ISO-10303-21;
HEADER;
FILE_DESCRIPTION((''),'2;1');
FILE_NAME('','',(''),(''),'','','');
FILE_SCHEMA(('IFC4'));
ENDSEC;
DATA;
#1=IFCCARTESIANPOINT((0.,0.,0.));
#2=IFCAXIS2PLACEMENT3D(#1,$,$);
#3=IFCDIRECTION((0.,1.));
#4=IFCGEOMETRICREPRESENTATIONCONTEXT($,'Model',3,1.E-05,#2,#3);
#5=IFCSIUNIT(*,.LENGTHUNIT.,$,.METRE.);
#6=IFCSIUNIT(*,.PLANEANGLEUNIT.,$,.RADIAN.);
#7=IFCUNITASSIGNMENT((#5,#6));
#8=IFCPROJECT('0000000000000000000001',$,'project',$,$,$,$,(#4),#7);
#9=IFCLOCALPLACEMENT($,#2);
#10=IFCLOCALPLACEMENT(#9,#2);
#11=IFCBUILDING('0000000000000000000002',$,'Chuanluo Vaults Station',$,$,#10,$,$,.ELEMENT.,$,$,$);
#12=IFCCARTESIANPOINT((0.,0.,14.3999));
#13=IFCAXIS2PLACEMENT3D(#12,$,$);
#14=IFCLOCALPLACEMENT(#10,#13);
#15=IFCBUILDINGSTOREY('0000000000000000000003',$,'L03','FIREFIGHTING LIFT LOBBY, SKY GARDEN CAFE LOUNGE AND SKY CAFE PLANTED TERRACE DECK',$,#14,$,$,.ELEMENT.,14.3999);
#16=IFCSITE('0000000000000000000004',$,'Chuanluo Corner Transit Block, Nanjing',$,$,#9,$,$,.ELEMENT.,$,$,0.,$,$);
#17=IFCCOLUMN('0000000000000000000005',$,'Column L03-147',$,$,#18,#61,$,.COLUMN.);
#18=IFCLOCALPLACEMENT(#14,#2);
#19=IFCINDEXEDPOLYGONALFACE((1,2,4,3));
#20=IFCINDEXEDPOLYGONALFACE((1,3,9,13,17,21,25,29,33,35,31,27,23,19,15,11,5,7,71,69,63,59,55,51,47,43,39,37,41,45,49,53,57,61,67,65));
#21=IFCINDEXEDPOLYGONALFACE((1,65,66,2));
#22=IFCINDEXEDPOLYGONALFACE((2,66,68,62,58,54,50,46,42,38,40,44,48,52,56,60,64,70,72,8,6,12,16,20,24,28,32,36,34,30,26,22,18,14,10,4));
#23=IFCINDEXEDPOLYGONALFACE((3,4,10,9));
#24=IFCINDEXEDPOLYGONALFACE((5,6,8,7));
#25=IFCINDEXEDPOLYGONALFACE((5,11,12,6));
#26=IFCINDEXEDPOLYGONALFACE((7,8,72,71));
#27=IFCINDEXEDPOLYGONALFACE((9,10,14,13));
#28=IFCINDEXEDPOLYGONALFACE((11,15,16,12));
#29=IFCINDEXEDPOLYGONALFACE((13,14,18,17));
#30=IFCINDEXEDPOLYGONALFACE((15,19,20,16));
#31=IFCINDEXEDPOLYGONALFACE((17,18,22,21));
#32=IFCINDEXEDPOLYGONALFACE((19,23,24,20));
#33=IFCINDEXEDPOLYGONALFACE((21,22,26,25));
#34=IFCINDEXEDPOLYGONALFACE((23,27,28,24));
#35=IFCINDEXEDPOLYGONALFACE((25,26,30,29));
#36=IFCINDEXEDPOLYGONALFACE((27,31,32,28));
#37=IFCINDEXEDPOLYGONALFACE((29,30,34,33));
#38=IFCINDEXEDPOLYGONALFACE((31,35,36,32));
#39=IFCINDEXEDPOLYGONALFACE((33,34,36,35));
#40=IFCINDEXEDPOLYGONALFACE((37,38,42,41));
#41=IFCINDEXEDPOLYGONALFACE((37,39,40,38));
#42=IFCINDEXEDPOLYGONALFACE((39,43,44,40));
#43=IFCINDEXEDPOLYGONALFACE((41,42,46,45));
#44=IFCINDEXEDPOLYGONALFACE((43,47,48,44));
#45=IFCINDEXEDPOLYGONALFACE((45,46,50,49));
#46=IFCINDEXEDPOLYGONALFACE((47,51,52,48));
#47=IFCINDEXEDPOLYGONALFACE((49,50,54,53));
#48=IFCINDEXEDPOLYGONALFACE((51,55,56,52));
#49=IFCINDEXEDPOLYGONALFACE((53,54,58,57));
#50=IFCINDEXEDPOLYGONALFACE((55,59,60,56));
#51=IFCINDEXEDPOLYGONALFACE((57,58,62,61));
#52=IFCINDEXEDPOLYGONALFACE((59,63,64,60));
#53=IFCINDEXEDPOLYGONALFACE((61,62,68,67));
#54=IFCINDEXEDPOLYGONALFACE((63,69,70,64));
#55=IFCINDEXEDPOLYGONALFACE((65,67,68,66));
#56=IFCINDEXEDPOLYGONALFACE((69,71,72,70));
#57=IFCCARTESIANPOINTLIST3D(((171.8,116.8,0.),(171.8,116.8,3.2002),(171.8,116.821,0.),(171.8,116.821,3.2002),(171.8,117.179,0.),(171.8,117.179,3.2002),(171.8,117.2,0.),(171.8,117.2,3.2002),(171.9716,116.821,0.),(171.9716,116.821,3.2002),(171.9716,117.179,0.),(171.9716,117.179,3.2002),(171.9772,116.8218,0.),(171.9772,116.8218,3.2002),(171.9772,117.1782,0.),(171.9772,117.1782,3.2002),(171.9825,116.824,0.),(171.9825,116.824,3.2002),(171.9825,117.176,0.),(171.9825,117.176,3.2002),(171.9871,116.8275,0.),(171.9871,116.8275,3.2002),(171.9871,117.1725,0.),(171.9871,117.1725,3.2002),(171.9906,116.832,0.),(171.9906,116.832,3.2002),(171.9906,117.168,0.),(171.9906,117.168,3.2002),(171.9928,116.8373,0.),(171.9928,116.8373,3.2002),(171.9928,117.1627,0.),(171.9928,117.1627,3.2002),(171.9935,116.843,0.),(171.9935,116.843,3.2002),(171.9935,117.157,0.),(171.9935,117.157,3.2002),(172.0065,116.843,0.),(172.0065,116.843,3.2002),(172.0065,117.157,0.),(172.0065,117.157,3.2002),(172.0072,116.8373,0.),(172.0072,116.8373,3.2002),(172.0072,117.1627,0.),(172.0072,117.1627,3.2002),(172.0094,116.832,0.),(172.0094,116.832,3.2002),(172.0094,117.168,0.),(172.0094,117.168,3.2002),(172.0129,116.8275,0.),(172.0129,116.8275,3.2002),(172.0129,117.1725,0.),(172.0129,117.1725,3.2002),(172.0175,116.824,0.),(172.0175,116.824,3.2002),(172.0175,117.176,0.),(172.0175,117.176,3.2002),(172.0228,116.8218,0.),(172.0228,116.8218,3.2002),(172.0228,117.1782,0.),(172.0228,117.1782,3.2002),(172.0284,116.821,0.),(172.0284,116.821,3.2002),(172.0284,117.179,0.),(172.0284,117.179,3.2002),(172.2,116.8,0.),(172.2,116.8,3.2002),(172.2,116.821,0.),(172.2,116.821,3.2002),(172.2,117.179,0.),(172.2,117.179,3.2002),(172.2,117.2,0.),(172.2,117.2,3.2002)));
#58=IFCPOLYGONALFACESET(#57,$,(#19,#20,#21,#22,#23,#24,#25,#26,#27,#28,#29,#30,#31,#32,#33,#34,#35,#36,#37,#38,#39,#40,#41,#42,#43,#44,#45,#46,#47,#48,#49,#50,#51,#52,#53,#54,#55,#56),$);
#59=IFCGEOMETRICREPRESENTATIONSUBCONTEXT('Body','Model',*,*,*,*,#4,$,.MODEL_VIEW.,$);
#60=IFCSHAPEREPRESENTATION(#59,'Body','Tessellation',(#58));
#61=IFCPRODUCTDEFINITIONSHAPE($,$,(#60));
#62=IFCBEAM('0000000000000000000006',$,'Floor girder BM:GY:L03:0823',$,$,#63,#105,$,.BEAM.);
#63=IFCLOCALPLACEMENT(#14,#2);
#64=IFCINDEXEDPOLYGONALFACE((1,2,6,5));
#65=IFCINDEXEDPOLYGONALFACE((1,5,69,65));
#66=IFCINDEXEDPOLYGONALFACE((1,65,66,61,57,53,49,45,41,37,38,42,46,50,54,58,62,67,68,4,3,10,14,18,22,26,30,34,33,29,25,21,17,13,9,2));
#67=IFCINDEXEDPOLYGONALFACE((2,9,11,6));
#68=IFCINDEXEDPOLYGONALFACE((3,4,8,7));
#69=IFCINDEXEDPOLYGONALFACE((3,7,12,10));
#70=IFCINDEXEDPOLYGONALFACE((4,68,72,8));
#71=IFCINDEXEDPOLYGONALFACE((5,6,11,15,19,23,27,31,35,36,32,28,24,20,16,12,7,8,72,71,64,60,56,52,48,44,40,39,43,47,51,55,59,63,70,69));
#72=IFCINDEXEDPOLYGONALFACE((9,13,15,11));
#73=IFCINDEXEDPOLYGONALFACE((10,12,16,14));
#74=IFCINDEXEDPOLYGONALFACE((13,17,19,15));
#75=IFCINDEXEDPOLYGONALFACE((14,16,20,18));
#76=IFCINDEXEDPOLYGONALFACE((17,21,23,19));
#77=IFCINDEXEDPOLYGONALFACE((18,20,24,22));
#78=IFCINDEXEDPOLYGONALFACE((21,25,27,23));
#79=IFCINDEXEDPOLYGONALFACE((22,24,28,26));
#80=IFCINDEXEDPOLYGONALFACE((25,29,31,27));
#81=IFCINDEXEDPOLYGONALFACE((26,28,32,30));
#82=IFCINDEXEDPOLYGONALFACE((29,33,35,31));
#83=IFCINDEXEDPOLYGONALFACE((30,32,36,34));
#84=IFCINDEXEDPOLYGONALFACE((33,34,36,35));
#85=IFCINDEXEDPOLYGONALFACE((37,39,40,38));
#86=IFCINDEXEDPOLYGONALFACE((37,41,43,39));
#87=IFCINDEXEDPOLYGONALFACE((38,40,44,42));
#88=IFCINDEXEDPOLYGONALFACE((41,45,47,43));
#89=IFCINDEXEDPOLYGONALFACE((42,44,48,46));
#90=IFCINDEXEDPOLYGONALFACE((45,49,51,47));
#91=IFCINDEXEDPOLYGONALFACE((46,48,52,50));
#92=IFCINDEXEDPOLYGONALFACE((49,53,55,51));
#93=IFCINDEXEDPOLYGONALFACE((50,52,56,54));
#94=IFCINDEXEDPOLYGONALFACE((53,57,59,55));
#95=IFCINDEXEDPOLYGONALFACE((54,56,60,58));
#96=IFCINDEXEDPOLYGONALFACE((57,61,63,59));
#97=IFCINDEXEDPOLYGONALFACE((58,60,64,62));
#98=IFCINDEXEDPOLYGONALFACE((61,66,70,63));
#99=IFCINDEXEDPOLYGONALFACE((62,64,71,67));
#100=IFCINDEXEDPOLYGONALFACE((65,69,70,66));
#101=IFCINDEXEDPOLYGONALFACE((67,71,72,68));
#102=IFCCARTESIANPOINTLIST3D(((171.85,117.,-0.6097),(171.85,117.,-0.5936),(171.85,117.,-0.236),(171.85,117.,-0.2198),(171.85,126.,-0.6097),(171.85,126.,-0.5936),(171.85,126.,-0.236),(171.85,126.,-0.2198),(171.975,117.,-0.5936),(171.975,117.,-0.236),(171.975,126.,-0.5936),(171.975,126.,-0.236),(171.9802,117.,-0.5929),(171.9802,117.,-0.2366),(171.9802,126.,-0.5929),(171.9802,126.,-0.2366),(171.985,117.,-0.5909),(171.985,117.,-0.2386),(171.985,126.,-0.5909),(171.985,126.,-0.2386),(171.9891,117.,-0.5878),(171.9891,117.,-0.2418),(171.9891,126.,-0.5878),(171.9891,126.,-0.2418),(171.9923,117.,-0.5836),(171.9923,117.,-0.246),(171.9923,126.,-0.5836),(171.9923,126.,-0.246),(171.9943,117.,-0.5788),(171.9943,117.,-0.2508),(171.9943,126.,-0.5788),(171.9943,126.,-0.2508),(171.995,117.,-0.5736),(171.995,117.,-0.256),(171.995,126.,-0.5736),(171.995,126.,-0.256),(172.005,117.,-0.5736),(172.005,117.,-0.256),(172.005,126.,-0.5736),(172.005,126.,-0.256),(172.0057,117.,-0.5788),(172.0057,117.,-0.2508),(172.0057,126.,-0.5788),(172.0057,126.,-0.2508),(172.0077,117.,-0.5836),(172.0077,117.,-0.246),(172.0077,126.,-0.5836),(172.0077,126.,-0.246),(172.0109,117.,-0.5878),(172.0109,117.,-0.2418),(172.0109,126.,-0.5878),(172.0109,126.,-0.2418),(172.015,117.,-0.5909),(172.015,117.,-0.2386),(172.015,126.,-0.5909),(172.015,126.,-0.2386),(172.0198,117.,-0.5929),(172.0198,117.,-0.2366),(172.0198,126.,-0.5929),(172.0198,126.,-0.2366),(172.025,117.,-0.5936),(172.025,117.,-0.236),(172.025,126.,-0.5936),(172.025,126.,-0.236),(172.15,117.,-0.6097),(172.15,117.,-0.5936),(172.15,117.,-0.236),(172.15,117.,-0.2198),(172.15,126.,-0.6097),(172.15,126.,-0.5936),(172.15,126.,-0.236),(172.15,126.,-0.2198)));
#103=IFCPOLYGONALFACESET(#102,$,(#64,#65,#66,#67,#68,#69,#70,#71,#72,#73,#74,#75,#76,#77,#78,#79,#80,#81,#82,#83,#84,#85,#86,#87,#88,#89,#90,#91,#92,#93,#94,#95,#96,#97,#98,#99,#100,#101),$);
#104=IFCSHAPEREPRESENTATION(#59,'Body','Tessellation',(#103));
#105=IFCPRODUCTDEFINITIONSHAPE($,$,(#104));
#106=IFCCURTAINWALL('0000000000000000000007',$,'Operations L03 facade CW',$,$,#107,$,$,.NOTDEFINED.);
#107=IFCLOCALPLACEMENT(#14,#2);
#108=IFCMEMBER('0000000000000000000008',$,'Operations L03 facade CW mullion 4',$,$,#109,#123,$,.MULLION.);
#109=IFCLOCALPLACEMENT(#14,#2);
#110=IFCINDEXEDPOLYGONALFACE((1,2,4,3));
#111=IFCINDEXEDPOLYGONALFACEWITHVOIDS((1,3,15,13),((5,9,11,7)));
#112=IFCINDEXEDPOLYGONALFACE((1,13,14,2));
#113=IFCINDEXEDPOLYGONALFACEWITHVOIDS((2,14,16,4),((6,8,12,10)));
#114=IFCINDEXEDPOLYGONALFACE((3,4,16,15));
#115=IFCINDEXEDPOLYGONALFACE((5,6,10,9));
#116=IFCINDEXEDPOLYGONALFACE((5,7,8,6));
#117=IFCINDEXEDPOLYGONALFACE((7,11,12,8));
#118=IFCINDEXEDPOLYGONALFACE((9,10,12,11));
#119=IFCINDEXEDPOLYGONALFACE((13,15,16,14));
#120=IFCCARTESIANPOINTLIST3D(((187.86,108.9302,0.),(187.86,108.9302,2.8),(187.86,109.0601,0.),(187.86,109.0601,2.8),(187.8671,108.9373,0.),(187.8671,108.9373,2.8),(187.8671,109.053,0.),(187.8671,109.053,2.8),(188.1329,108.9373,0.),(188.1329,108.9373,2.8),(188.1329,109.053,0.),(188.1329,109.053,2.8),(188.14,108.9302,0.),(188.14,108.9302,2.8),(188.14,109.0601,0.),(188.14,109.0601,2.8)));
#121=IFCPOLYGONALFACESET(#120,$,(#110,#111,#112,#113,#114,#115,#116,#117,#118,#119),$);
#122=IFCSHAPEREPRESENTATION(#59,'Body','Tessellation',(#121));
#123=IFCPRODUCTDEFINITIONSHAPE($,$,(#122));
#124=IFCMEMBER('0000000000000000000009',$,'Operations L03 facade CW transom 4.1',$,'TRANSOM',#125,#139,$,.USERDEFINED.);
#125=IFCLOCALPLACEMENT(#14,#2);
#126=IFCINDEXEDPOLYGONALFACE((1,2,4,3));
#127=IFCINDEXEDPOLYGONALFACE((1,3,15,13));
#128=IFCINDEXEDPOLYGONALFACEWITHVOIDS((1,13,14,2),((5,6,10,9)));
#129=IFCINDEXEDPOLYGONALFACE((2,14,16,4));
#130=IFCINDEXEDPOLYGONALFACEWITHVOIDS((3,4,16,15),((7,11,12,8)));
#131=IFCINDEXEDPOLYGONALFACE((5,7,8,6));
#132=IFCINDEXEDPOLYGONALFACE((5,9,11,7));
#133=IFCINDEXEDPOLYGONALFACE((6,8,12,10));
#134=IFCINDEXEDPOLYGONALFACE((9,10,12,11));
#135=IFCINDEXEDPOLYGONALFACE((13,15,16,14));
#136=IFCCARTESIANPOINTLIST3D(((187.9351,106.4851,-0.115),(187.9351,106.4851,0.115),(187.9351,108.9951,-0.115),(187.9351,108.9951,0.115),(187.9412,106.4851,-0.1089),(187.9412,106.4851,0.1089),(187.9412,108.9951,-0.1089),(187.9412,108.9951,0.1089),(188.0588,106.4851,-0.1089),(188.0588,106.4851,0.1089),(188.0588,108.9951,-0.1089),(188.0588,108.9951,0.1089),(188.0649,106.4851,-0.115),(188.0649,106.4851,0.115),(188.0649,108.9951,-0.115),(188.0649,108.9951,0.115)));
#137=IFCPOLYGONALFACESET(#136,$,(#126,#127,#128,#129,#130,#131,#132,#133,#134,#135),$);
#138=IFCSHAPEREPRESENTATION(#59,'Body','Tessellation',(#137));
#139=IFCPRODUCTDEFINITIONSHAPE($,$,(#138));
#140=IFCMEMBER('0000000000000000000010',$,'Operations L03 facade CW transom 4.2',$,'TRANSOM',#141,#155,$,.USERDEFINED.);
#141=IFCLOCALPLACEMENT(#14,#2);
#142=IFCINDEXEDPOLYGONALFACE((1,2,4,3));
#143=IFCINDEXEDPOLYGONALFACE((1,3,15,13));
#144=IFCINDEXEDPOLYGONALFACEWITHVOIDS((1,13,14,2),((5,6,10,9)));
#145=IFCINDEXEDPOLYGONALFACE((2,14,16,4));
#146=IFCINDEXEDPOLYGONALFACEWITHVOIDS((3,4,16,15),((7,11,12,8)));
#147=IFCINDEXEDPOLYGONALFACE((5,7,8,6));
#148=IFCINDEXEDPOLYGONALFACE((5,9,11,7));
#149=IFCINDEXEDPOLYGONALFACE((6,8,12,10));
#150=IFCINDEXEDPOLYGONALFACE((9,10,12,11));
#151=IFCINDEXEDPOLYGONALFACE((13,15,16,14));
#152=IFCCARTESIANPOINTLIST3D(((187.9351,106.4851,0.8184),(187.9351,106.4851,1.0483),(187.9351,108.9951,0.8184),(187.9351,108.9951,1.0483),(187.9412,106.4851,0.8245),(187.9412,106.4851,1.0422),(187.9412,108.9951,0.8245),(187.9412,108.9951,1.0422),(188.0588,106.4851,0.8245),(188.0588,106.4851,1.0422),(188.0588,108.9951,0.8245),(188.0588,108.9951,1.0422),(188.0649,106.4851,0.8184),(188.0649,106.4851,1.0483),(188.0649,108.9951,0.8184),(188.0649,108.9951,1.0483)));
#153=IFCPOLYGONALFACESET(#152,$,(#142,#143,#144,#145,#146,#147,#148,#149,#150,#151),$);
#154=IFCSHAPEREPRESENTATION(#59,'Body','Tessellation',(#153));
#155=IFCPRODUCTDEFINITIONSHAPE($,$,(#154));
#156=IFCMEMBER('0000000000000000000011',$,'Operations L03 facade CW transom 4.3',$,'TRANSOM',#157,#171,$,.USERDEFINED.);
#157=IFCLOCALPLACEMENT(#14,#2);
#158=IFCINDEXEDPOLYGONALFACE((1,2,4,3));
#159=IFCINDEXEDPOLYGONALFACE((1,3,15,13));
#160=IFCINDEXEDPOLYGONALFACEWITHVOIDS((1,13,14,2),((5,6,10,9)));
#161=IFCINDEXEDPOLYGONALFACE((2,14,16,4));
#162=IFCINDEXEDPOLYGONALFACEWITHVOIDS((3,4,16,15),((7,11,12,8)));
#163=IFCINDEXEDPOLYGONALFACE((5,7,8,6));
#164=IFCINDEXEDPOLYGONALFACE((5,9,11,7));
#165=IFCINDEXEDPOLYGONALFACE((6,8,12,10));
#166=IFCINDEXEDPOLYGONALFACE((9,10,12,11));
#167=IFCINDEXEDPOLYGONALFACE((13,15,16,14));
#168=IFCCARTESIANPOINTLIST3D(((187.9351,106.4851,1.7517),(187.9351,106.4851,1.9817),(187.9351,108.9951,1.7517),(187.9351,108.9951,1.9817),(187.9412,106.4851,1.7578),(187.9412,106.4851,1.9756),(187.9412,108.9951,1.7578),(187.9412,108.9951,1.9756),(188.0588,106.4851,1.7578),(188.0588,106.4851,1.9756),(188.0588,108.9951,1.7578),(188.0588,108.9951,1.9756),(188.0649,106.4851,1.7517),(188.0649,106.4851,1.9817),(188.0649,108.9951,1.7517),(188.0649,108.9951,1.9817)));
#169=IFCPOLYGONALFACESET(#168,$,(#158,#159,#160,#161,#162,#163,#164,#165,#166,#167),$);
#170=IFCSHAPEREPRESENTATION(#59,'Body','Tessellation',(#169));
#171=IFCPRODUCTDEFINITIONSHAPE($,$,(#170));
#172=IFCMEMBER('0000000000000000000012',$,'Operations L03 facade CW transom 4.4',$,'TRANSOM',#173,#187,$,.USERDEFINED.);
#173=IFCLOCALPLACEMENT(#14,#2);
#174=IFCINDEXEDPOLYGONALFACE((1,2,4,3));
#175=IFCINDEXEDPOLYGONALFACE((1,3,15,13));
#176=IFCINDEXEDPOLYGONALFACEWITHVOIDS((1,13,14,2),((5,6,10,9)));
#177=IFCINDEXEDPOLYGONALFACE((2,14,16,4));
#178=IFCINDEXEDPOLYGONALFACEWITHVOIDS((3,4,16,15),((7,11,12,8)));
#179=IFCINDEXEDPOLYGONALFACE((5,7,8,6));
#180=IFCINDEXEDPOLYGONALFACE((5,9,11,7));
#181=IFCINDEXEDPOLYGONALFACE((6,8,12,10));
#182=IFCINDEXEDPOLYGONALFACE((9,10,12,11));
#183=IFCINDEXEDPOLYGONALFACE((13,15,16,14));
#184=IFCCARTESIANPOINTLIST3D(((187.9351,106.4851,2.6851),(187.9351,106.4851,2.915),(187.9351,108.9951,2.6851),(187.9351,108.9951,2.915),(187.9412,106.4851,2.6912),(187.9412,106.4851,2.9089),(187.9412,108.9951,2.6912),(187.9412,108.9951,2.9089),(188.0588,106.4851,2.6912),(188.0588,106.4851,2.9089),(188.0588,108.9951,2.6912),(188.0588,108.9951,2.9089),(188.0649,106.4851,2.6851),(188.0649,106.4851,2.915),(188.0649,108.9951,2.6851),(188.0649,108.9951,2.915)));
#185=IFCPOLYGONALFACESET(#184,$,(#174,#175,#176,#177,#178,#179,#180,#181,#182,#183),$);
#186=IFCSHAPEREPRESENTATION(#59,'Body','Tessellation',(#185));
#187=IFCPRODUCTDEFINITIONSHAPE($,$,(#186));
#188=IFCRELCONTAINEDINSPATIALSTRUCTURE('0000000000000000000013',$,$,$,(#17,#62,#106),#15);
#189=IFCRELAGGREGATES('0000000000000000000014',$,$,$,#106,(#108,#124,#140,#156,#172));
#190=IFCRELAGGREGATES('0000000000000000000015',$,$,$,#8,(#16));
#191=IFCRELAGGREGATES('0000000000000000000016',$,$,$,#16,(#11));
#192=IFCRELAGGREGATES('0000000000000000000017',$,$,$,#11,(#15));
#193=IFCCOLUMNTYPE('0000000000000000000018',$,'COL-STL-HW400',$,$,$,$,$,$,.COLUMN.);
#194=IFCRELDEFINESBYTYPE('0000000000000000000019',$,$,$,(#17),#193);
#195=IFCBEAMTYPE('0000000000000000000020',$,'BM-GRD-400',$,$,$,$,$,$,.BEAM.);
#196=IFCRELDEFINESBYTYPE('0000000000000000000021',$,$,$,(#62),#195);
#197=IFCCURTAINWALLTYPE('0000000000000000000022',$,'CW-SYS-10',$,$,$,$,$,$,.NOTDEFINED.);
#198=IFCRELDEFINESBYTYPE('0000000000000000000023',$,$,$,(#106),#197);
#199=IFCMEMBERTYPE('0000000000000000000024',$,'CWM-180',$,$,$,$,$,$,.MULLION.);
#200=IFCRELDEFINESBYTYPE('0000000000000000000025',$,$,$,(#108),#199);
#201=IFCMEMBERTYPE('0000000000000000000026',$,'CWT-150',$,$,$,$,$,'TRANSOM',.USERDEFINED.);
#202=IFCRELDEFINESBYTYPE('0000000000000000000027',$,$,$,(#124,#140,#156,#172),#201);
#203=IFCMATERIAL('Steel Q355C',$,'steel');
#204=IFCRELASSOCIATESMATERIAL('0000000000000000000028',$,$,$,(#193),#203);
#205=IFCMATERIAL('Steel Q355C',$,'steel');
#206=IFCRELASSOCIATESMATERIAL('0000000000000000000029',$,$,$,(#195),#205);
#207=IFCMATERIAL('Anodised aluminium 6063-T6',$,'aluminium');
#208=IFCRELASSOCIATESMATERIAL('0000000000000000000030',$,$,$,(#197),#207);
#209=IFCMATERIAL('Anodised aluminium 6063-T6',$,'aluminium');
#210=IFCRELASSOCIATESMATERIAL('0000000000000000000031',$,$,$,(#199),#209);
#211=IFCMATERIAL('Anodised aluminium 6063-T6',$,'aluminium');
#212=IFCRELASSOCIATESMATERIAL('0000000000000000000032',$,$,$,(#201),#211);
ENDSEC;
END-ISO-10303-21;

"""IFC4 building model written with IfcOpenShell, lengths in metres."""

from ifc_helpers import new_model, si_unit, direction, frame, origin, origin_2d, place, context, subcontext, project, spatial, hollow_rectangle, i_section, extrude, material, material_profile, profile_set, type_object, element, aggregate, save


model = new_model("IFC4")

# Units and contexts
model_context = context("Model", 3, precision=1e-05, world=origin(), true_north=direction((0.0, 1.0)))
body_context = subcontext(model_context, "Body", "Model", "MODEL_VIEW")
ifc_project = project(units=[si_unit("LENGTHUNIT", "METRE"), si_unit("PLANEANGLEUNIT", "RADIAN")], contexts=[model_context])

# Site, building, storey
site_placement = place(None, origin())
site = spatial("IfcSite", under=ifc_project, at=site_placement, Name="Chuanluo Corner Transit Block, Nanjing", CompositionType="ELEMENT", RefElevation=0.0)
building_placement = place(site_placement, origin())
building = spatial("IfcBuilding", under=site, at=building_placement, Name="Chuanluo Vaults Station", CompositionType="ELEMENT")
storey_placement = place(building_placement, frame((0.0, 0.0, 14.3999)))
storey = spatial("IfcBuildingStorey", under=building, at=storey_placement, Name="L03", Description="FIREFIGHTING LIFT LOBBY, SKY GARDEN CAFE LOUNGE AND SKY CAFE PLANTED TERRACE DECK", CompositionType="ELEMENT", Elevation=14.3999)

# Column
ifc_material_1 = material(Name="Steel Q355C", Category="steel")
ifc_material_profile_1 = material_profile(ifc_material_1, i_section(OverallWidth=0.3999, OverallDepth=0.3999, WebThickness=0.0129, FlangeThickness=0.021, FilletRadius=0.022, at=origin_2d()))
ifc_profile_set_1 = profile_set([ifc_material_profile_1], Name="Steel Q355C")
column_type = type_object("IfcColumnType", Name="COL-STL-HW400", PredefinedType="COLUMN", material=ifc_profile_set_1)
column_placement = place(storey_placement, frame((172.0, 117.0, 0.0), z_axis=(0.0, 0.0, 1.0), x_axis=(1.0, 0.0, 0.0)))
element("IfcColumn", 1, at=column_placement, inside=storey, type_object=column_type, Name="Column L03-147", PredefinedType="COLUMN", context=body_context, shape_type="SweptSolid", body=[
    extrude(i_section(OverallWidth=0.3999, OverallDepth=0.3999, WebThickness=0.0129, FlangeThickness=0.021, FilletRadius=0.022, at=origin_2d()), origin(), (0.0, 0.0, 1.0), 3.2002),
])

# Beam
ifc_material_2 = material(Name="Steel Q355C", Category="steel")
ifc_material_profile_2 = material_profile(ifc_material_2, i_section(OverallWidth=0.3, OverallDepth=0.3899, WebThickness=0.01, FlangeThickness=0.0161, FilletRadius=0.02, at=origin_2d()))
ifc_profile_set_2 = profile_set([ifc_material_profile_2], Name="Steel Q355C")
beam_type = type_object("IfcBeamType", Name="BM-GRD-400", PredefinedType="BEAM", material=ifc_profile_set_2)
beam_placement = place(storey_placement, frame((172.0, 117.0, -0.4148), z_axis=(0.0, 1.0, 0.0), x_axis=(-1.0, 0.0, 0.0)))
element("IfcBeam", 2, at=beam_placement, inside=storey, type_object=beam_type, Name="Floor girder BM:GY:L03:0823", PredefinedType="BEAM", context=body_context, shape_type="SweptSolid", body=[
    extrude(i_section(OverallWidth=0.3, OverallDepth=0.3899, WebThickness=0.01, FlangeThickness=0.0161, FilletRadius=0.02, at=origin_2d()), origin(), (0.0, 0.0, 1.0), 9.0),
])

# Curtain wall, members
ifc_material_3 = material(Name="Anodised aluminium 6063-T6", Category="aluminium")
curtain_wall_type = type_object("IfcCurtainWallType", Name="CW-SYS-10", PredefinedType="NOTDEFINED", material=ifc_material_3)
curtain_wall_placement = place(storey_placement, origin())
curtain_wall = element("IfcCurtainWall", 3, at=curtain_wall_placement, inside=storey, type_object=curtain_wall_type, Name="Operations L03 facade CW", PredefinedType="NOTDEFINED")
ifc_material_4 = material(Name="Anodised aluminium 6063-T6", Category="aluminium")
ifc_material_profile_3 = material_profile(ifc_material_4, hollow_rectangle(XDim=0.1299, YDim=0.28, WallThickness=0.0071, at=origin_2d()))
ifc_profile_set_3 = profile_set([ifc_material_profile_3], Name="Anodised aluminium 6063-T6")
member_type_1 = type_object("IfcMemberType", Name="CWM-180", PredefinedType="MULLION", material=ifc_profile_set_3)
member_1_placement = place(storey_placement, frame((188.0, 108.9951, 0.0), z_axis=(0.0, 0.0, 1.0), x_axis=(0.0, -1.0, 0.0)))
member_1 = element("IfcMember", 4, at=member_1_placement, type_object=member_type_1, Name="Operations L03 facade CW mullion 4", PredefinedType="MULLION", context=body_context, shape_type="SweptSolid", body=[
    extrude(hollow_rectangle(XDim=0.1299, YDim=0.28, WallThickness=0.0071, at=origin_2d()), origin(), (0.0, 0.0, 1.0), 2.8),
])
ifc_material_5 = material(Name="Anodised aluminium 6063-T6", Category="aluminium")
ifc_material_profile_4 = material_profile(ifc_material_5, hollow_rectangle(XDim=0.1299, YDim=0.23, WallThickness=0.0061, at=origin_2d()))
ifc_profile_set_4 = profile_set([ifc_material_profile_4], Name="Anodised aluminium 6063-T6")
member_type_2 = type_object("IfcMemberType", Name="CWT-150", ElementType="TRANSOM", PredefinedType="USERDEFINED", material=ifc_profile_set_4)
member_2_placement = place(storey_placement, frame((188.0, 108.9951, 0.0), z_axis=(0.0, -1.0, 0.0), x_axis=(1.0, 0.0, 0.0)))
member_2 = element("IfcMember", 5, at=member_2_placement, type_object=member_type_2, Name="Operations L03 facade CW transom 4.1", ObjectType="TRANSOM", PredefinedType="USERDEFINED", context=body_context, shape_type="SweptSolid", body=[
    extrude(hollow_rectangle(XDim=0.1299, YDim=0.23, WallThickness=0.0061, at=origin_2d()), origin(), (0.0, 0.0, 1.0), 2.51),
])
member_3_placement = place(storey_placement, frame((188.0, 108.9951, 0.9333), z_axis=(0.0, -1.0, 0.0), x_axis=(1.0, 0.0, 0.0)))
member_3 = element("IfcMember", 6, at=member_3_placement, type_object=member_type_2, Name="Operations L03 facade CW transom 4.2", ObjectType="TRANSOM", PredefinedType="USERDEFINED", context=body_context, shape_type="SweptSolid", body=[
    extrude(hollow_rectangle(XDim=0.1299, YDim=0.23, WallThickness=0.0061, at=origin_2d()), origin(), (0.0, 0.0, 1.0), 2.51),
])
member_4_placement = place(storey_placement, frame((188.0, 108.9951, 1.8667), z_axis=(0.0, -1.0, 0.0), x_axis=(1.0, 0.0, 0.0)))
member_4 = element("IfcMember", 7, at=member_4_placement, type_object=member_type_2, Name="Operations L03 facade CW transom 4.3", ObjectType="TRANSOM", PredefinedType="USERDEFINED", context=body_context, shape_type="SweptSolid", body=[
    extrude(hollow_rectangle(XDim=0.1299, YDim=0.23, WallThickness=0.0061, at=origin_2d()), origin(), (0.0, 0.0, 1.0), 2.51),
])
member_5_placement = place(storey_placement, frame((188.0, 108.9951, 2.8), z_axis=(0.0, -1.0, 0.0), x_axis=(1.0, 0.0, 0.0)))
member_5 = element("IfcMember", 8, at=member_5_placement, type_object=member_type_2, Name="Operations L03 facade CW transom 4.4", ObjectType="TRANSOM", PredefinedType="USERDEFINED", context=body_context, shape_type="SweptSolid", body=[
    extrude(hollow_rectangle(XDim=0.1299, YDim=0.23, WallThickness=0.0061, at=origin_2d()), origin(), (0.0, 0.0, 1.0), 2.51),
])
aggregate(curtain_wall, [member_1, member_2, member_3, member_4, member_5])

save(model, "model.ifc")
